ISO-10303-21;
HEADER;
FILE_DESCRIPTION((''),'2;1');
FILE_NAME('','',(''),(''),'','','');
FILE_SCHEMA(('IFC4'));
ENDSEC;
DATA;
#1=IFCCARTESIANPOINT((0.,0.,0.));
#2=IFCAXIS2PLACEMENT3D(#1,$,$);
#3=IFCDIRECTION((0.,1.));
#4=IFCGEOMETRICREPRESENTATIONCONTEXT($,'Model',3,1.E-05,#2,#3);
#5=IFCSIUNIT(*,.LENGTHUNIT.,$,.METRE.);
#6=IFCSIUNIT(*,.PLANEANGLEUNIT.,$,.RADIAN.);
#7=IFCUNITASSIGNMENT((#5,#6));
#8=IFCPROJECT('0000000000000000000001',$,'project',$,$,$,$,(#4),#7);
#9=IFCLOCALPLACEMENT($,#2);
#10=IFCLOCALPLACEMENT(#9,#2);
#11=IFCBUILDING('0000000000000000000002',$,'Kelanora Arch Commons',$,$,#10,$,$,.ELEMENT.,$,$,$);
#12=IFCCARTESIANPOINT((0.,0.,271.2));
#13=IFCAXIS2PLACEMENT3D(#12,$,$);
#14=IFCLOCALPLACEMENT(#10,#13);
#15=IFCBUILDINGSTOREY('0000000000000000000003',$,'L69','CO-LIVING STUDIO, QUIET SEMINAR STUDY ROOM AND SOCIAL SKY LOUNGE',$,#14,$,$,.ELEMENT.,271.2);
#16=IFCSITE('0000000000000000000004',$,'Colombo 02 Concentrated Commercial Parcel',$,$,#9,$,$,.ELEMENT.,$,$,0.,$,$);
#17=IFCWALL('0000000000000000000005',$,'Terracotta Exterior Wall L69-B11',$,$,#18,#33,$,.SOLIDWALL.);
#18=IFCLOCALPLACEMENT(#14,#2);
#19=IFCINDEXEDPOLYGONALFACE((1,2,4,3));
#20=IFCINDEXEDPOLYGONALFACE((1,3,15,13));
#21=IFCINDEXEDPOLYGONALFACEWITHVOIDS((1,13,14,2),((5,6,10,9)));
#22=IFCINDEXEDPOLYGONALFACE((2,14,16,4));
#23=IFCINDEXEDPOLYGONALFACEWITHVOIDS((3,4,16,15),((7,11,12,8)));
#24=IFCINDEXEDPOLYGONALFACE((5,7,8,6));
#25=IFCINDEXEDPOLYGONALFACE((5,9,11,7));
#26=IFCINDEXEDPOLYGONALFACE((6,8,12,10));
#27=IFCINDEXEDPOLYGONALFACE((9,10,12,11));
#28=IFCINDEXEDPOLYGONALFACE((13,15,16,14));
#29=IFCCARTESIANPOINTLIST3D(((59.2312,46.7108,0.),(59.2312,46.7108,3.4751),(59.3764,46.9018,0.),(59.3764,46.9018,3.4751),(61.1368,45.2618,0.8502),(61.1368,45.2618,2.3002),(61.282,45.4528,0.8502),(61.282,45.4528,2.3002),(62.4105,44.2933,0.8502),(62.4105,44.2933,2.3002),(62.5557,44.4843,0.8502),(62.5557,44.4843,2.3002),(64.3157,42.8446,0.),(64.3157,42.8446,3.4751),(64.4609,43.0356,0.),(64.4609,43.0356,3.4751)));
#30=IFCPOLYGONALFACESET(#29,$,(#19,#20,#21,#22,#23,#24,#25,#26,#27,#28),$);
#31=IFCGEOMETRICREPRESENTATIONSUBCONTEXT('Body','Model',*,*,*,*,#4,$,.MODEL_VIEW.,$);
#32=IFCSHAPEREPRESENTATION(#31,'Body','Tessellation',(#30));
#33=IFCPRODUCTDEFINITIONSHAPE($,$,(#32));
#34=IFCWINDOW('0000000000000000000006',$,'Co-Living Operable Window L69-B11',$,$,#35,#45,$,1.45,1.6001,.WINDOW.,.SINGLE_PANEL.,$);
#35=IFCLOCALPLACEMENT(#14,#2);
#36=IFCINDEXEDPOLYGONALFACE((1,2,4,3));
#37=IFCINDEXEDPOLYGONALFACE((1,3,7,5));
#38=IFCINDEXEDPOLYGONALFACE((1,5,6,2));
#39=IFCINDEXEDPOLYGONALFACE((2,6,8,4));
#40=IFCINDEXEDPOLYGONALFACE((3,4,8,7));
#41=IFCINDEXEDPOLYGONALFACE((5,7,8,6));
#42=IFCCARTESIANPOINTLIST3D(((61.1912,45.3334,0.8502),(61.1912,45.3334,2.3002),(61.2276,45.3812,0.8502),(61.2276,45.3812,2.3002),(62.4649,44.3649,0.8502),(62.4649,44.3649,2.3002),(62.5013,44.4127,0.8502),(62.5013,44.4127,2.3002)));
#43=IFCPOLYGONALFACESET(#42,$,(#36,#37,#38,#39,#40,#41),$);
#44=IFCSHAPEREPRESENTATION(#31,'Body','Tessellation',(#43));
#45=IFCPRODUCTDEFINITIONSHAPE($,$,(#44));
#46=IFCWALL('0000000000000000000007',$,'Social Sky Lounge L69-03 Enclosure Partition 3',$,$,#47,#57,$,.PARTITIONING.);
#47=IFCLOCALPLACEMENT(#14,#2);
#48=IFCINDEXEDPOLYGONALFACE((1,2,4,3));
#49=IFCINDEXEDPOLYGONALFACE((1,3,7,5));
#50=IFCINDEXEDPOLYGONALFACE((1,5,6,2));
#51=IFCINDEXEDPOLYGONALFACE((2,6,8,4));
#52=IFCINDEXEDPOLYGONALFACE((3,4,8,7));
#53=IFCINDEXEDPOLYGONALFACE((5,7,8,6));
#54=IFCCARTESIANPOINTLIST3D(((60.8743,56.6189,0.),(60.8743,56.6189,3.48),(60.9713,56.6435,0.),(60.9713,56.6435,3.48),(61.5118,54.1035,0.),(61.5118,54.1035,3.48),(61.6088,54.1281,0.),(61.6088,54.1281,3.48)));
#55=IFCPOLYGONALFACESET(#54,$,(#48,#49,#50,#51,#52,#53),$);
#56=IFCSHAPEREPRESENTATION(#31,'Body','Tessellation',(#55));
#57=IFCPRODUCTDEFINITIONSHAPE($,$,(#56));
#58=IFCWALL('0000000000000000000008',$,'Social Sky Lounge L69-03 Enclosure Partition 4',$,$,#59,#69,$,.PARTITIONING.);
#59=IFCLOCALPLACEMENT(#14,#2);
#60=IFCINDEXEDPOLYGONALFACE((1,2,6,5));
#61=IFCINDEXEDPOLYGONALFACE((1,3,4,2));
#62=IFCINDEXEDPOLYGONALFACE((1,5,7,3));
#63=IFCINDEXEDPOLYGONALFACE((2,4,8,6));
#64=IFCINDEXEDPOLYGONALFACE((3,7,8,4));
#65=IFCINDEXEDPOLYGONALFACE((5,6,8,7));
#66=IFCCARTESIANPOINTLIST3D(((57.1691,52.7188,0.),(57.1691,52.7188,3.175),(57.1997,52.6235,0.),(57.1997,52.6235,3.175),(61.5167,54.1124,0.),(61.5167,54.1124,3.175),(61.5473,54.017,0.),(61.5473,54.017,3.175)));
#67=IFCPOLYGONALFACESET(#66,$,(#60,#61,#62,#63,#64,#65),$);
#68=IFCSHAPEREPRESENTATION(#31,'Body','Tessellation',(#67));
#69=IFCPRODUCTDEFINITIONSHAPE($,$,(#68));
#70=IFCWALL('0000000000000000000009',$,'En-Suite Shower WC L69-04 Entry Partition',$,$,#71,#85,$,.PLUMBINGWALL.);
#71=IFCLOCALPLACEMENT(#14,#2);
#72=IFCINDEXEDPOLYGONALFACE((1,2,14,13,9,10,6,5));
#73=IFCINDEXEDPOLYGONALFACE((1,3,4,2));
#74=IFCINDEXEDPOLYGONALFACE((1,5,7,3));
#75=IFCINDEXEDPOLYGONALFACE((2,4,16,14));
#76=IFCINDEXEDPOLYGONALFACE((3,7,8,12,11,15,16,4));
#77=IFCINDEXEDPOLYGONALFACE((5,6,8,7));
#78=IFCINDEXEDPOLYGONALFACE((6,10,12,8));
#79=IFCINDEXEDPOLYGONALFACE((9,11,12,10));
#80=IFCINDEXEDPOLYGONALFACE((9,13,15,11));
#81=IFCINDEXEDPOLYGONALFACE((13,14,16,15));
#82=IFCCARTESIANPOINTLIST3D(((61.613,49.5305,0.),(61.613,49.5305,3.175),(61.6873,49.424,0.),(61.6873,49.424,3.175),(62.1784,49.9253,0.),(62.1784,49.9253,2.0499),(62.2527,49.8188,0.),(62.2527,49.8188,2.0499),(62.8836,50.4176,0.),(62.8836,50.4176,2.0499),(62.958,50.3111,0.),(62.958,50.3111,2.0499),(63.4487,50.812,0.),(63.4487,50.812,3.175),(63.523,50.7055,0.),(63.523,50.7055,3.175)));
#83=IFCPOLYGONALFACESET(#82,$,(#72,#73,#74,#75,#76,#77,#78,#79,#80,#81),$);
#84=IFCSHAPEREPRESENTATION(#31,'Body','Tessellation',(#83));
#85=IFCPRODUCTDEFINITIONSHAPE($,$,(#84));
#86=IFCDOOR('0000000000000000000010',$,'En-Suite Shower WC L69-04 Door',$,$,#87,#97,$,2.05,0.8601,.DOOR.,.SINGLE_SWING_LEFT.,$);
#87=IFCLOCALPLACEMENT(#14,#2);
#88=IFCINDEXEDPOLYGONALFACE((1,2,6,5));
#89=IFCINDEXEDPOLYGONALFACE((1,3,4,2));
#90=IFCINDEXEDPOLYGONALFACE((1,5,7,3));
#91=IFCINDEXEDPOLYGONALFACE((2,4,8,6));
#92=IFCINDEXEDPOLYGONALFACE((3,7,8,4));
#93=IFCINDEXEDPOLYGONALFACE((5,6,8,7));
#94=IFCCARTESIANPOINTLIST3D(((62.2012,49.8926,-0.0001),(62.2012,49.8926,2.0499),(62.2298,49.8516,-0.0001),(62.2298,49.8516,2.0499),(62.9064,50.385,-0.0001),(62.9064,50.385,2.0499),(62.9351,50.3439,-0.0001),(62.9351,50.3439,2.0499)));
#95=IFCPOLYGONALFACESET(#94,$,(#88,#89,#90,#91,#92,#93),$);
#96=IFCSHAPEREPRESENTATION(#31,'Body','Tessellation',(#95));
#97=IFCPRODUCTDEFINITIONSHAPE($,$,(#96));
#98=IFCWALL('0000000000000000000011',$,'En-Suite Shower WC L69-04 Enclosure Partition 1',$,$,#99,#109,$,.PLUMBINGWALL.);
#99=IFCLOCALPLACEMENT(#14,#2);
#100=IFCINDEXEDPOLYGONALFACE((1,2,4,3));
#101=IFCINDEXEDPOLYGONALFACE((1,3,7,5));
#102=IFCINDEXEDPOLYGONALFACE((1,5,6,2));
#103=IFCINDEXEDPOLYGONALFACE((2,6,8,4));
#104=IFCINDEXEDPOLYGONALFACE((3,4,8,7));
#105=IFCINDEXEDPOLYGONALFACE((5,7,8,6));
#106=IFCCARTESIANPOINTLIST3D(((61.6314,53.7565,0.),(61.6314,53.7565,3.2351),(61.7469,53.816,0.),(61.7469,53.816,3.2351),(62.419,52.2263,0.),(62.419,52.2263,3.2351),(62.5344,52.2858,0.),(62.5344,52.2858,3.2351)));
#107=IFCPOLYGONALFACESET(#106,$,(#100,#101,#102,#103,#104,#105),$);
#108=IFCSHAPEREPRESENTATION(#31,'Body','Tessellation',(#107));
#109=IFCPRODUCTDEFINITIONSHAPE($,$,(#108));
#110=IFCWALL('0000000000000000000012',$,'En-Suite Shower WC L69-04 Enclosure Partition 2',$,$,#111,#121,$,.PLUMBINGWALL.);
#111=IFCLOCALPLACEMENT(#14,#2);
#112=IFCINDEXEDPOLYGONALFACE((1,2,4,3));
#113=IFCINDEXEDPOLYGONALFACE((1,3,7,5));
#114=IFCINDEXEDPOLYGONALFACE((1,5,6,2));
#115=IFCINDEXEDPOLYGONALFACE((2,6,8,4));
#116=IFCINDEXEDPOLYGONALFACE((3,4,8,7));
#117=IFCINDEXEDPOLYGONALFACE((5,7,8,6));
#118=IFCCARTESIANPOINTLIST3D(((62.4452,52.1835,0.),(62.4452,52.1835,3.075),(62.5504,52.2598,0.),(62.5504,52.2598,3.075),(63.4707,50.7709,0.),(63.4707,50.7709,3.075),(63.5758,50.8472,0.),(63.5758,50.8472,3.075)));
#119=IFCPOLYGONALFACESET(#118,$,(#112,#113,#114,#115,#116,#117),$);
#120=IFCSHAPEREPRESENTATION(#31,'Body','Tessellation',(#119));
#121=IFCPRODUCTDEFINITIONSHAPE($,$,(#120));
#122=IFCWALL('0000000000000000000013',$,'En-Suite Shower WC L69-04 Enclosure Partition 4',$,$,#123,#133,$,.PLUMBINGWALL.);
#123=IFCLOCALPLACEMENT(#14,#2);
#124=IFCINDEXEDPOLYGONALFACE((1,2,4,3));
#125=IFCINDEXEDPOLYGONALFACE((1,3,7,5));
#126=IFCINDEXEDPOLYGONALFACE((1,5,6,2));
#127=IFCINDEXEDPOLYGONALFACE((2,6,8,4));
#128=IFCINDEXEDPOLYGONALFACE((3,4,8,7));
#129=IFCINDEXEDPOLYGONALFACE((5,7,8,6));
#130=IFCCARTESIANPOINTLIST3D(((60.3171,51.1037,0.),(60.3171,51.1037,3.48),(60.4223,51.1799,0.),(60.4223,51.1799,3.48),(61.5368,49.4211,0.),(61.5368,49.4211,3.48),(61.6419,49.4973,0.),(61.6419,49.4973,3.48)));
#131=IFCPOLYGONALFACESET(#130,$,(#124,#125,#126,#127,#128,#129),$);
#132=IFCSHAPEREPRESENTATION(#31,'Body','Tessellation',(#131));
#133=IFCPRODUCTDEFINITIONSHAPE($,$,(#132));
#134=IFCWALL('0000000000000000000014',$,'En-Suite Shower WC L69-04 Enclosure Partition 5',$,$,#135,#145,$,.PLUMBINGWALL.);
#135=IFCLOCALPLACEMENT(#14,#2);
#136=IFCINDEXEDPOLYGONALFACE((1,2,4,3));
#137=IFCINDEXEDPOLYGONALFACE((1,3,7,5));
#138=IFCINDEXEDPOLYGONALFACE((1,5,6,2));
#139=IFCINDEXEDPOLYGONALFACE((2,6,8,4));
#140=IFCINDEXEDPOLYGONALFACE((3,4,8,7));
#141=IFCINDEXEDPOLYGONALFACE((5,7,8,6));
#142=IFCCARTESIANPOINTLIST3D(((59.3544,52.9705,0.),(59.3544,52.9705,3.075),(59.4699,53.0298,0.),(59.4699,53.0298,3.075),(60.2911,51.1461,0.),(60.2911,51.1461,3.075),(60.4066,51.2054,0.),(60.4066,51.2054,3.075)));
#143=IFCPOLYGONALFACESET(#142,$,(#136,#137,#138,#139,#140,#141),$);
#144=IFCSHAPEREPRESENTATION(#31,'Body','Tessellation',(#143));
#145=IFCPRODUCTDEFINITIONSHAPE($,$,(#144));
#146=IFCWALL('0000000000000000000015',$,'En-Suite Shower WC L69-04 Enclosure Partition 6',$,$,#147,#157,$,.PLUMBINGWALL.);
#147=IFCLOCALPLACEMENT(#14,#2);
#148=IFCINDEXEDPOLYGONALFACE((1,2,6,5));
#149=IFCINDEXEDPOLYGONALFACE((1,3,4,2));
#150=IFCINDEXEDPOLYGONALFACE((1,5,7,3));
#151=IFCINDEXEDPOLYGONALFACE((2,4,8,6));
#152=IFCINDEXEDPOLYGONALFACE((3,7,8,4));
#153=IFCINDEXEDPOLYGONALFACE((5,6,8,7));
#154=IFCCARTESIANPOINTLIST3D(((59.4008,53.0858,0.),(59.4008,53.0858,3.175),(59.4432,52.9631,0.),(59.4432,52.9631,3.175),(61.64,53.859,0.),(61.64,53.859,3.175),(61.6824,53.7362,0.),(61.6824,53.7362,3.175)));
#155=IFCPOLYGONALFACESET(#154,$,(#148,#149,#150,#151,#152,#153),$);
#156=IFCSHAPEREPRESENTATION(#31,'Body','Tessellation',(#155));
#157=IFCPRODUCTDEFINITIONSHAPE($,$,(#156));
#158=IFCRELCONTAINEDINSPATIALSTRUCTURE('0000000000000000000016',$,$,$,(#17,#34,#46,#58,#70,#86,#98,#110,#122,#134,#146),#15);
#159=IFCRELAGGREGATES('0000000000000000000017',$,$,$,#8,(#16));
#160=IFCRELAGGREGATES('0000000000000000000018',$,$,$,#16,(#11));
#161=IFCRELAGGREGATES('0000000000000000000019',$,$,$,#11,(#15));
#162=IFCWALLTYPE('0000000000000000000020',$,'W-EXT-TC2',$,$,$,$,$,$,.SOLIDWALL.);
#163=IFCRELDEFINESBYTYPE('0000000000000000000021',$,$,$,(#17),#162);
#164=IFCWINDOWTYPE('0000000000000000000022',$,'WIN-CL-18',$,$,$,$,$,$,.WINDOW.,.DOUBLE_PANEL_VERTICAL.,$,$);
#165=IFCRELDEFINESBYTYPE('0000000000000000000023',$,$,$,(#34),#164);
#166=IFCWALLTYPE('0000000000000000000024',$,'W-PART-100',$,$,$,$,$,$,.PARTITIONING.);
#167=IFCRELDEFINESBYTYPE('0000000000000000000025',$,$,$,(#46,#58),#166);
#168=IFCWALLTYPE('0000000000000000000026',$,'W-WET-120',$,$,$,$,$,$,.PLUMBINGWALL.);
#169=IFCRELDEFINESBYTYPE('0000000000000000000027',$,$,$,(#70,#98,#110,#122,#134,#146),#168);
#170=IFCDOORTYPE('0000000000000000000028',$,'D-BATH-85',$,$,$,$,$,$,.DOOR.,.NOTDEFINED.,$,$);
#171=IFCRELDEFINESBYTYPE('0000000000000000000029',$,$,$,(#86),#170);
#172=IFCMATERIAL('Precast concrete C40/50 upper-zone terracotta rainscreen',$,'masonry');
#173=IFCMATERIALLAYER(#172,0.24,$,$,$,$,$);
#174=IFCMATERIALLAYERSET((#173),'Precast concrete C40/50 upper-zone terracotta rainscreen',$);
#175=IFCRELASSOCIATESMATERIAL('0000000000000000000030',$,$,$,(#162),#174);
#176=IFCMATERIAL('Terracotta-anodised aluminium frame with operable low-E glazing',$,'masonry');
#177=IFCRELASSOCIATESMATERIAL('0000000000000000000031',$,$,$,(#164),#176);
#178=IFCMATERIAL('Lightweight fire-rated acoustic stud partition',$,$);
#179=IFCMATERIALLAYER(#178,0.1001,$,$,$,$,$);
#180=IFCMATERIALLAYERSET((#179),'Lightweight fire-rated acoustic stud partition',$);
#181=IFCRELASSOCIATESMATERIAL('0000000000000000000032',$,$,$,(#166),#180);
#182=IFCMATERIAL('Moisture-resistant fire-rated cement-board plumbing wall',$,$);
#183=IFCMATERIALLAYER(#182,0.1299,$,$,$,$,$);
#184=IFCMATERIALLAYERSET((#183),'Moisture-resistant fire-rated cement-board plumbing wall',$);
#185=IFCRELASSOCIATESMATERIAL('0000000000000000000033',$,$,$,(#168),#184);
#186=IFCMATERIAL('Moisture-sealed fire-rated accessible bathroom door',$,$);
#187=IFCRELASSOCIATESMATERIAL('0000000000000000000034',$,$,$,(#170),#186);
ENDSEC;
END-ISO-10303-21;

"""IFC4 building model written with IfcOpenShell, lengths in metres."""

from ifc_helpers import new_model, si_unit, direction, frame, frame_2d, origin, place, context, subcontext, project, spatial, rectangle, extrude, material, layer, layer_set, type_object, element, fill, save


model = new_model("IFC4")

# Units and contexts
model_context = context("Model", 3, precision=1e-05, world=origin(), true_north=direction((0.0, 1.0)))
body_context = subcontext(model_context, "Body", "Model", "MODEL_VIEW")
ifc_project = project(units=[si_unit("LENGTHUNIT", "METRE"), si_unit("PLANEANGLEUNIT", "RADIAN")], contexts=[model_context])

# Site, building, storey
site_placement = place(None, origin())
site = spatial("IfcSite", under=ifc_project, at=site_placement, Name="Colombo 02 Concentrated Commercial Parcel", CompositionType="ELEMENT", RefElevation=0.0)
building_placement = place(site_placement, origin())
building = spatial("IfcBuilding", under=site, at=building_placement, Name="Kelanora Arch Commons", CompositionType="ELEMENT")
storey_placement = place(building_placement, frame((0.0, 0.0, 271.2)))
storey = spatial("IfcBuildingStorey", under=building, at=storey_placement, Name="L69", Description="CO-LIVING STUDIO, QUIET SEMINAR STUDY ROOM AND SOCIAL SKY LOUNGE", CompositionType="ELEMENT", Elevation=271.2)

# Wall, opening, window
ifc_material_1 = material(Name="Precast concrete C40/50 upper-zone terracotta rainscreen", Category="masonry")
ifc_layer_1 = layer(ifc_material_1, 0.24)
ifc_layer_set_1 = layer_set([ifc_layer_1], Name="Precast concrete C40/50 upper-zone terracotta rainscreen")
wall_type_1 = type_object("IfcWallType", Name="W-EXT-TC2", PredefinedType="SOLIDWALL", material=ifc_layer_set_1)
wall_1_placement = place(storey_placement, frame((59.3037, 46.8064, 0.0), z_axis=(0.0, 0.0, 1.0), x_axis=(0.79601, -0.605283, 0.0)))
wall_1 = element("IfcWall", 1, at=wall_1_placement, inside=storey, type_object=wall_type_1, Name="Terracotta Exterior Wall L69-B11", PredefinedType="SOLIDWALL", context=body_context, shape_type="SweptSolid", body=[
    extrude(rectangle(XDim=6.3875, YDim=0.24, at=frame_2d((3.1938, 0.0))), origin(), (0.0, 0.0, 1.0), 3.4751),
])
opening_1_placement = place(wall_1_placement, frame((2.394, 0.0, 0.8501)))
opening_1 = element("IfcOpeningElement", 2, at=opening_1_placement, cuts=wall_1, PredefinedType="OPENING", context=body_context, shape_type="SweptSolid", body=[
    extrude(rectangle(XDim=1.6001, YDim=1.45, at=frame_2d((0.8, 0.7251))), frame((0.0, 0.1299, 0.0), z_axis=(0.0, -1.0, 0.0), x_axis=(1.0, 0.0, 0.0)), (0.0, 0.0, 1.0), 0.26),
])
ifc_material_2 = material(Name="Terracotta-anodised aluminium frame with operable low-E glazing", Category="masonry")
window_type = type_object("IfcWindowType", Name="WIN-CL-18", PartitioningType="DOUBLE_PANEL_VERTICAL", PredefinedType="WINDOW", material=ifc_material_2)
window_placement = place(opening_1_placement, origin())
window = element("IfcWindow", 3, at=window_placement, inside=storey, type_object=window_type, Name="Co-Living Operable Window L69-B11", OverallHeight=1.45, OverallWidth=1.6001, PartitioningType="SINGLE_PANEL", PredefinedType="WINDOW", context=body_context, shape_type="SweptSolid", body=[
    extrude(rectangle(XDim=1.6001, YDim=1.45, at=frame_2d((0.8, 0.7251))), frame((0.0, 0.03, 0.0), z_axis=(0.0, -1.0, 0.0), x_axis=(1.0, 0.0, 0.0)), (0.0, 0.0, 1.0), 0.0601),
])
fill(opening_1, window)

# Walls
ifc_material_3 = material(Name="Lightweight fire-rated acoustic stud partition")
ifc_layer_2 = layer(ifc_material_3, 0.1001)
ifc_layer_set_2 = layer_set([ifc_layer_2], Name="Lightweight fire-rated acoustic stud partition")
wall_type_2 = type_object("IfcWallType", Name="W-PART-100", PredefinedType="PARTITIONING", material=ifc_layer_set_2)
wall_2_placement = place(storey_placement, frame((60.9229, 56.6311, 0.0), z_axis=(0.0, 0.0, 1.0), x_axis=(0.245656, -0.969357, 0.0)))
element("IfcWall", 4, at=wall_2_placement, inside=storey, type_object=wall_type_2, Name="Social Sky Lounge L69-03 Enclosure Partition 3", PredefinedType="PARTITIONING", context=body_context, shape_type="SweptSolid", body=[
    extrude(rectangle(XDim=2.595, YDim=0.1001, at=frame_2d((1.2974, 0.0))), origin(), (0.0, 0.0, 1.0), 3.48),
])
wall_3_placement = place(storey_placement, frame((61.532, 54.0647, 0.0), z_axis=(0.0, 0.0, 1.0), x_axis=(-0.952278, -0.305234, 0.0)))
element("IfcWall", 5, at=wall_3_placement, inside=storey, type_object=wall_type_2, Name="Social Sky Lounge L69-03 Enclosure Partition 4", PredefinedType="PARTITIONING", context=body_context, shape_type="SweptSolid", body=[
    extrude(rectangle(XDim=4.5654, YDim=0.1001, at=frame_2d((2.2827, 0.0))), origin(), (0.0, 0.0, 1.0), 3.175),
])

# Wall, opening, door
ifc_material_4 = material(Name="Moisture-resistant fire-rated cement-board plumbing wall")
ifc_layer_3 = layer(ifc_material_4, 0.1299)
ifc_layer_set_3 = layer_set([ifc_layer_3], Name="Moisture-resistant fire-rated cement-board plumbing wall")
wall_type_3 = type_object("IfcWallType", Name="W-WET-120", PredefinedType="PLUMBINGWALL", material=ifc_layer_set_3)
wall_4_placement = place(storey_placement, frame((63.4858, 50.7588, 0.0), z_axis=(0.0, 0.0, 1.0), x_axis=(-0.819964, -0.572415, 0.0)))
wall_4 = element("IfcWall", 6, at=wall_4_placement, inside=storey, type_object=wall_type_3, Name="En-Suite Shower WC L69-04 Entry Partition", PredefinedType="PLUMBINGWALL", context=body_context, shape_type="SweptSolid", body=[
    extrude(rectangle(XDim=2.2388, YDim=0.1299, at=frame_2d((1.1194, 0.0))), origin(), (0.0, 0.0, 1.0), 3.175),
])
opening_2_placement = place(wall_4_placement, frame((0.689, 0.0, 0.0)))
opening_2 = element("IfcOpeningElement", 7, at=opening_2_placement, cuts=wall_4, PredefinedType="OPENING", context=body_context, shape_type="SweptSolid", body=[
    extrude(rectangle(XDim=0.8601, YDim=2.05, at=frame_2d((0.4302, 1.0249))), frame((0.0, 0.075, 0.0), z_axis=(0.0, -1.0, 0.0), x_axis=(1.0, 0.0, 0.0)), (0.0, 0.0, 1.0), 0.1499),
])
ifc_material_5 = material(Name="Moisture-sealed fire-rated accessible bathroom door")
door_type = type_object("IfcDoorType", Name="D-BATH-85", OperationType="NOTDEFINED", PredefinedType="DOOR", material=ifc_material_5)
door_placement = place(opening_2_placement, origin())
door = element("IfcDoor", 8, at=door_placement, inside=storey, type_object=door_type, Name="En-Suite Shower WC L69-04 Door", OperationType="SINGLE_SWING_LEFT", OverallHeight=2.05, OverallWidth=0.8601, PredefinedType="DOOR", context=body_context, shape_type="SweptSolid", body=[
    extrude(rectangle(XDim=0.8601, YDim=2.05, at=frame_2d((0.4302, 1.0249))), frame((0.0, 0.0249, 0.0), z_axis=(0.0, -1.0, 0.0), x_axis=(1.0, 0.0, 0.0)), (0.0, 0.0, 1.0), 0.05),
])
fill(opening_2, door)

# Walls
wall_5_placement = place(storey_placement, frame((61.6892, 53.7861, 0.0), z_axis=(0.0, 0.0, 1.0), x_axis=(0.457624, -0.889146, 0.0)))
element("IfcWall", 9, at=wall_5_placement, inside=storey, type_object=wall_type_3, Name="En-Suite Shower WC L69-04 Enclosure Partition 1", PredefinedType="PLUMBINGWALL", context=body_context, shape_type="SweptSolid", body=[
    extrude(rectangle(XDim=1.7209, YDim=0.1299, at=frame_2d((0.8604, 0.0))), origin(), (0.0, 0.0, 1.0), 3.2351),
])
wall_6_placement = place(storey_placement, frame((62.4978, 52.2217, 0.0), z_axis=(0.0, 0.0, 1.0), x_axis=(0.58744, -0.809268, 0.0)))
element("IfcWall", 10, at=wall_6_placement, inside=storey, type_object=wall_type_3, Name="En-Suite Shower WC L69-04 Enclosure Partition 2", PredefinedType="PLUMBINGWALL", context=body_context, shape_type="SweptSolid", body=[
    extrude(rectangle(XDim=1.7456, YDim=0.1299, at=frame_2d((0.8728, 0.0))), origin(), (0.0, 0.0, 1.0), 3.075),
])
wall_7_placement = place(storey_placement, frame((61.5894, 49.4592, 0.0), z_axis=(0.0, 0.0, 1.0), x_axis=(-0.586914, 0.80965, 0.0)))
element("IfcWall", 11, at=wall_7_placement, inside=storey, type_object=wall_type_3, Name="En-Suite Shower WC L69-04 Enclosure Partition 4", PredefinedType="PLUMBINGWALL", context=body_context, shape_type="SweptSolid", body=[
    extrude(rectangle(XDim=2.0781, YDim=0.1299, at=frame_2d((1.0391, 0.0))), origin(), (0.0, 0.0, 1.0), 3.48),
])
wall_8_placement = place(storey_placement, frame((60.3489, 51.1758, 0.0), z_axis=(0.0, 0.0, 1.0), x_axis=(-0.456759, 0.889591, 0.0)))
element("IfcWall", 12, at=wall_8_placement, inside=storey, type_object=wall_type_3, Name="En-Suite Shower WC L69-04 Enclosure Partition 5", PredefinedType="PLUMBINGWALL", context=body_context, shape_type="SweptSolid", body=[
    extrude(rectangle(XDim=2.0508, YDim=0.1299, at=frame_2d((1.0254, 0.0))), origin(), (0.0, 0.0, 1.0), 3.075),
])
wall_9_placement = place(storey_placement, frame((59.4219, 53.0244, 0.0), z_axis=(0.0, 0.0, 1.0), x_axis=(0.945238, 0.326381, 0.0)))
element("IfcWall", 13, at=wall_9_placement, inside=storey, type_object=wall_type_3, Name="En-Suite Shower WC L69-04 Enclosure Partition 6", PredefinedType="PLUMBINGWALL", context=body_context, shape_type="SweptSolid", body=[
    extrude(rectangle(XDim=2.3689, YDim=0.1299, at=frame_2d((1.1846, 0.0))), origin(), (0.0, 0.0, 1.0), 3.175),
])

save(model, "model.ifc")
